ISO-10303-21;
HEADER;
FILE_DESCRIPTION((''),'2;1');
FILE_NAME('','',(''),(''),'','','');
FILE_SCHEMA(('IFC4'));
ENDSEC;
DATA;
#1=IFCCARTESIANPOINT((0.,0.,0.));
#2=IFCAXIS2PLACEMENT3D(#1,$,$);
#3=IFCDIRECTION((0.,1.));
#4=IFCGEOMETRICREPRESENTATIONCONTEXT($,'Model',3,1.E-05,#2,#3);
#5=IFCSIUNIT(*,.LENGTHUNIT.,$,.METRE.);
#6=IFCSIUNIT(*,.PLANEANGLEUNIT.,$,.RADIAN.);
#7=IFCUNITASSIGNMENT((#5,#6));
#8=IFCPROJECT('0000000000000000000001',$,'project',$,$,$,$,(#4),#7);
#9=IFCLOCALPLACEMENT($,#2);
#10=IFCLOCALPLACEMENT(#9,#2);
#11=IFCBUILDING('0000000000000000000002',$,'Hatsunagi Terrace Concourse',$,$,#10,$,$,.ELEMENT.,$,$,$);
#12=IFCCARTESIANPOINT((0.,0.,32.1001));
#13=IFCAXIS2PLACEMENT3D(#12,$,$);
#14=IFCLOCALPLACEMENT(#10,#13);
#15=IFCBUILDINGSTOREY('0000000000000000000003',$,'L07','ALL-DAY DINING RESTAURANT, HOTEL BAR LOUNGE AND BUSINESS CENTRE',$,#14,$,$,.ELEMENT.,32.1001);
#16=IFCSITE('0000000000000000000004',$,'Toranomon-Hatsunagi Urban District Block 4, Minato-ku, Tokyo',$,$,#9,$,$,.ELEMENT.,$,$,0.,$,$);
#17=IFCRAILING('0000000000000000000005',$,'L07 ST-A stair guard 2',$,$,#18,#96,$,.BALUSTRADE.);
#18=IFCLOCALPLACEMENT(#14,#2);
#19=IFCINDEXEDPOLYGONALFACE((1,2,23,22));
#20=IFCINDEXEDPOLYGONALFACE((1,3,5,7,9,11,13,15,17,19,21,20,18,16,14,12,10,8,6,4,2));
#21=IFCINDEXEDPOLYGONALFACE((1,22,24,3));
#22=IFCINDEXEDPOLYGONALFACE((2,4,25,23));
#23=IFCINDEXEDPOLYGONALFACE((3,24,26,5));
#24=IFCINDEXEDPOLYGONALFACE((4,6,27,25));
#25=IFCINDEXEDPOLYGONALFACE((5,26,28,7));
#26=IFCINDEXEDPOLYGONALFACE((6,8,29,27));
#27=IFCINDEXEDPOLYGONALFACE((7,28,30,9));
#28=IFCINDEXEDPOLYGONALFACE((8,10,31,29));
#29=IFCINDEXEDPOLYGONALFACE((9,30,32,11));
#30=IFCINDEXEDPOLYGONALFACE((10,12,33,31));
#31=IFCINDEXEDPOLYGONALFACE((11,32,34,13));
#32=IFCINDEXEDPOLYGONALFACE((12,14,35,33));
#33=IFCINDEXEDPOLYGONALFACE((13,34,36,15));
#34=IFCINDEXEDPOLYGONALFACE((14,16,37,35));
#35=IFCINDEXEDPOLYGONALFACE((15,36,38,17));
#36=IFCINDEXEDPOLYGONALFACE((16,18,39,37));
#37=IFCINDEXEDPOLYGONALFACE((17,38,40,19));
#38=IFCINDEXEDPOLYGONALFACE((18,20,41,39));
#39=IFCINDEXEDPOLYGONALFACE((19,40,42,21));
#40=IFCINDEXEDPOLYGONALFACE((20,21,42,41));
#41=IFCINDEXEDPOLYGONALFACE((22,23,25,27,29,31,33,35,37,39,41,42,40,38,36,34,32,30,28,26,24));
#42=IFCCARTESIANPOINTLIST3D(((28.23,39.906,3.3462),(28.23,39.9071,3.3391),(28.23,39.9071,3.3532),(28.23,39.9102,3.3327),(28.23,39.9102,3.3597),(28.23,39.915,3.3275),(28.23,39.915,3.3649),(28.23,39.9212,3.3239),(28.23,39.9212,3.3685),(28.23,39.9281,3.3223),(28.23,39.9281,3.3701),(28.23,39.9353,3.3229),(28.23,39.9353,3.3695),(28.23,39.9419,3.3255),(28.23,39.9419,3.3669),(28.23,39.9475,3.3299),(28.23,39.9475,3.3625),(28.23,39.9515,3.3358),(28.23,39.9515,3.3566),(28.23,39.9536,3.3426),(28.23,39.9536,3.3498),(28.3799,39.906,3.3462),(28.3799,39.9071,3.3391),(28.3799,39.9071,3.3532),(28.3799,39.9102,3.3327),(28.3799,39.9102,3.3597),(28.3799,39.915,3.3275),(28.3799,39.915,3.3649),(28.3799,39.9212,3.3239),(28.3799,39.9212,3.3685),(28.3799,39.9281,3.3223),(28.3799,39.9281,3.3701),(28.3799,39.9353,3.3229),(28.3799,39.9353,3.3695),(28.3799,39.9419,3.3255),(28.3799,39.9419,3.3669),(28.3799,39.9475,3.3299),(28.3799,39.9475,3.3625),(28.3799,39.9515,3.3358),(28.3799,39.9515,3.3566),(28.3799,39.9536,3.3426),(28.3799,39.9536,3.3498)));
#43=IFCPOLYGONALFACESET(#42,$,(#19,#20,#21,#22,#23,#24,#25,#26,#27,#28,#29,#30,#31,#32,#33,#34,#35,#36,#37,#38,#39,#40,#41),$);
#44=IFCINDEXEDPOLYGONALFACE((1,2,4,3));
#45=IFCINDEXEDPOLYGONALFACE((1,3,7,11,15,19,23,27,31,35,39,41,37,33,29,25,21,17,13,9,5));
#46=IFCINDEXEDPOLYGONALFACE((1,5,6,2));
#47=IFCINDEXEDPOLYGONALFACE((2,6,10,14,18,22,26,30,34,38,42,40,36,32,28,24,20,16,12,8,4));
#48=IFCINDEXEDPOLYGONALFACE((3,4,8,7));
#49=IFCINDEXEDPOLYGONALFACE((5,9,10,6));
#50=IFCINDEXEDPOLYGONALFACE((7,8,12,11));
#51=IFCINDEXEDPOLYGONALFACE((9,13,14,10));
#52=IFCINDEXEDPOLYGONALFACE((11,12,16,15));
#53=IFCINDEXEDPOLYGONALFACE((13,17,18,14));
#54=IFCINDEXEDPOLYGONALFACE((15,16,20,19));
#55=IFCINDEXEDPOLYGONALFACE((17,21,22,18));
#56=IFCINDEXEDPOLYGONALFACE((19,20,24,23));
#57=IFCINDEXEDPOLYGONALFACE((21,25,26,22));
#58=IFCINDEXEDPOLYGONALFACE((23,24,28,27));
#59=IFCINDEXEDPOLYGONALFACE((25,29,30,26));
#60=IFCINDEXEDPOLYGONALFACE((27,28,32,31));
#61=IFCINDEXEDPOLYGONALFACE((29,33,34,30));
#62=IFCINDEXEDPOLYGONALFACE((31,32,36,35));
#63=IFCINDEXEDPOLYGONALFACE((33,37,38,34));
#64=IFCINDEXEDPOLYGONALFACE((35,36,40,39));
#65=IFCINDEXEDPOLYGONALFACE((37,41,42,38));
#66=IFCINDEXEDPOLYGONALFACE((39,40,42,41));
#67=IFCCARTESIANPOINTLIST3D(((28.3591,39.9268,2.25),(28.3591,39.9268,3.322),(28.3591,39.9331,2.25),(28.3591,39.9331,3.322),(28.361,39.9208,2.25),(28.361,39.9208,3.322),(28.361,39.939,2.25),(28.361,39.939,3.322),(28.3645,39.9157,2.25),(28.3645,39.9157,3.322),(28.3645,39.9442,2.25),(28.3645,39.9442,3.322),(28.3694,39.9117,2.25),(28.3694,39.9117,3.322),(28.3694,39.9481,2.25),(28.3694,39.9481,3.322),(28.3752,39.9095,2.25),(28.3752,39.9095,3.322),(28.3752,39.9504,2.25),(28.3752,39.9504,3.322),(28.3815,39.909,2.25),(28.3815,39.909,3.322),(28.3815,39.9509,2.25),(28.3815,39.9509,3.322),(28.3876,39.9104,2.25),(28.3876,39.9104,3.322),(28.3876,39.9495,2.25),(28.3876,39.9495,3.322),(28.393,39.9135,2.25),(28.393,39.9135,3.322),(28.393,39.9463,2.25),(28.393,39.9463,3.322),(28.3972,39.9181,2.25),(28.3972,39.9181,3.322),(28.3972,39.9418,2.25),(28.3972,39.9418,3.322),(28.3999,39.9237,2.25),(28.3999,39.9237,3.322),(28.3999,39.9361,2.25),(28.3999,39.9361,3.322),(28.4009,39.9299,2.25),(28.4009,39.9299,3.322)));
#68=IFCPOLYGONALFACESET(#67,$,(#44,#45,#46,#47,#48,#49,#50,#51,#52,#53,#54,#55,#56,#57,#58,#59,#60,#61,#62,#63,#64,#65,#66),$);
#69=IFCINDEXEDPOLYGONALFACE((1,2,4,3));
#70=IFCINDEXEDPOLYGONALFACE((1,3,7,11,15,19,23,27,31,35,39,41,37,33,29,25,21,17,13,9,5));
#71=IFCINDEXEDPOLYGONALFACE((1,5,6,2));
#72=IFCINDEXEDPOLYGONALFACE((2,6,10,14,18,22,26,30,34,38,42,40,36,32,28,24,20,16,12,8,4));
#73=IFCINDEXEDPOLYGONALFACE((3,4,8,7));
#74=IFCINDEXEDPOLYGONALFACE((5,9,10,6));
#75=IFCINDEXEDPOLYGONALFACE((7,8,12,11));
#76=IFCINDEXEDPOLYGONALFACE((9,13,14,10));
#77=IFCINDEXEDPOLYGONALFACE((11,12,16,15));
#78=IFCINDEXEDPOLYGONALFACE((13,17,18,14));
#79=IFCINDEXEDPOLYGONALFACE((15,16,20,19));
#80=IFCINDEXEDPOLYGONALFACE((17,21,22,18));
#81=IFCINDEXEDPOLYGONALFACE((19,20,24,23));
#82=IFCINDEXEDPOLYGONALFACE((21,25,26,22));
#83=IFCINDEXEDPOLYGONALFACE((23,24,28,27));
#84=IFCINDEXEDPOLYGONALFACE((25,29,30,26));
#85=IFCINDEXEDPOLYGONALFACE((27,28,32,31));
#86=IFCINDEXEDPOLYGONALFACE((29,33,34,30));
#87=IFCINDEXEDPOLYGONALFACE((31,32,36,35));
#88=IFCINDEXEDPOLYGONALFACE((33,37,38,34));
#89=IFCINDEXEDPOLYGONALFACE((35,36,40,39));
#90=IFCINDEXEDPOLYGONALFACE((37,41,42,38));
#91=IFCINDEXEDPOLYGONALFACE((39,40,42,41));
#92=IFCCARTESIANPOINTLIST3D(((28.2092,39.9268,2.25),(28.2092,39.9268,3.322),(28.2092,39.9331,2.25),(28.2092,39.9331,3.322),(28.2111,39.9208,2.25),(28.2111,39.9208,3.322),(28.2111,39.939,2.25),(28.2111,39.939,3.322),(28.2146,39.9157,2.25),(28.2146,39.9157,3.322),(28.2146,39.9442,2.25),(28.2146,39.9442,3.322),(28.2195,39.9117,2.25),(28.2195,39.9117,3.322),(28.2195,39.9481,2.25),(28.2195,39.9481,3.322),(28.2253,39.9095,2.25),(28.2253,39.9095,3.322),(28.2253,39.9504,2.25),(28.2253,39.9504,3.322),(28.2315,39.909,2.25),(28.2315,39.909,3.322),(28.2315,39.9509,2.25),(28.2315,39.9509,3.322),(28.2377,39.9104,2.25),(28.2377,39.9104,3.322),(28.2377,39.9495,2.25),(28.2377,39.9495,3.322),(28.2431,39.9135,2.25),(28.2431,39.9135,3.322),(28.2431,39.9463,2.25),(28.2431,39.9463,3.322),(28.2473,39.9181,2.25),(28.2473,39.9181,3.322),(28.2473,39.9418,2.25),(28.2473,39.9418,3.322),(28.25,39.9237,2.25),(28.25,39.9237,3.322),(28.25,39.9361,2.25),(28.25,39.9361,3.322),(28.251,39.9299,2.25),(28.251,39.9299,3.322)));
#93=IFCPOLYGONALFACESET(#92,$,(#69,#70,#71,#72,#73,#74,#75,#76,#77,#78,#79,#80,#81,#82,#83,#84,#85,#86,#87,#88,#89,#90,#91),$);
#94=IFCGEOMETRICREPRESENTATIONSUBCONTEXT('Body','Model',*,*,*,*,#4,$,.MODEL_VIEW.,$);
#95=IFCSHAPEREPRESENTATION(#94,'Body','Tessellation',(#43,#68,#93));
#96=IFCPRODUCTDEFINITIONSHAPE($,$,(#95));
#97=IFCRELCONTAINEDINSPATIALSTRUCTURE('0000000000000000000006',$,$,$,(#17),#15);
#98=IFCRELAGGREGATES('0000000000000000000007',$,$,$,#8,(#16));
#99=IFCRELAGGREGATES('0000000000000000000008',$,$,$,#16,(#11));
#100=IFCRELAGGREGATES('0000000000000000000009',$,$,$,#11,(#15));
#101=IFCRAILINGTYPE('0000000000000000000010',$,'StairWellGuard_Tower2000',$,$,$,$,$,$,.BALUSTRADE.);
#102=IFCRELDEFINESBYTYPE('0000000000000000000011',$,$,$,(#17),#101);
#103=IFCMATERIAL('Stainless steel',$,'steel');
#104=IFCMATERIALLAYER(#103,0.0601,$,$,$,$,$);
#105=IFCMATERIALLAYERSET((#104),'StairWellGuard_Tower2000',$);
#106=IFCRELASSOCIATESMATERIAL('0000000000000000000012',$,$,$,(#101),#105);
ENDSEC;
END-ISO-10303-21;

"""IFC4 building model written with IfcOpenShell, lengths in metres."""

from ifc_helpers import new_model, si_unit, direction, frame, origin, origin_2d, place, context, subcontext, project, spatial, circle, extrude, material, layer, layer_set, type_object, element, save


model = new_model("IFC4")

# Units and contexts
model_context = context("Model", 3, precision=1e-05, world=origin(), true_north=direction((0.0, 1.0)))
body_context = subcontext(model_context, "Body", "Model", "MODEL_VIEW")
ifc_project = project(units=[si_unit("LENGTHUNIT", "METRE"), si_unit("PLANEANGLEUNIT", "RADIAN")], contexts=[model_context])

# Site, building, storey
site_placement = place(None, origin())
site = spatial("IfcSite", under=ifc_project, at=site_placement, Name="Toranomon-Hatsunagi Urban District Block 4, Minato-ku, Tokyo", CompositionType="ELEMENT", RefElevation=0.0)
building_placement = place(site_placement, origin())
building = spatial("IfcBuilding", under=site, at=building_placement, Name="Hatsunagi Terrace Concourse", CompositionType="ELEMENT")
storey_placement = place(building_placement, frame((0.0, 0.0, 32.1001)))
storey = spatial("IfcBuildingStorey", under=building, at=storey_placement, Name="L07", Description="ALL-DAY DINING RESTAURANT, HOTEL BAR LOUNGE AND BUSINESS CENTRE", CompositionType="ELEMENT", Elevation=32.1001)

# Railing
ifc_material_1 = material(Name="Stainless steel", Category="steel")
ifc_layer_1 = layer(ifc_material_1, 0.0601)
ifc_layer_set_1 = layer_set([ifc_layer_1], Name="StairWellGuard_Tower2000")
railing_type_1 = type_object("IfcRailingType", Name="StairWellGuard_Tower2000", PredefinedType="BALUSTRADE", material=ifc_layer_set_1)
railing_1_placement = place(storey_placement, frame((28.3799, 39.9299, 2.25)))
element("IfcRailing", 1, at=railing_1_placement, inside=storey, type_object=railing_type_1, Name="L07 ST-A stair guard 2", PredefinedType="BALUSTRADE", context=body_context, shape_type="SweptSolid", body=[
    extrude(circle(Radius=0.0239, at=origin_2d()), frame((0.0, 0.0, 1.0962), z_axis=(-1.0, 0.0, 0.0), x_axis=(0.0, -1.0, 0.0)), (0.0, 0.0, 1.0), 0.1499),
    extrude(circle(Radius=0.021, at=origin_2d()), origin(), (0.0, 0.0, 1.0), 1.072),
    extrude(circle(Radius=0.021, at=origin_2d()), frame((-0.1499, 0.0, 0.0)), (0.0, 0.0, 1.0), 1.072),
])

save(model, "model.ifc")
